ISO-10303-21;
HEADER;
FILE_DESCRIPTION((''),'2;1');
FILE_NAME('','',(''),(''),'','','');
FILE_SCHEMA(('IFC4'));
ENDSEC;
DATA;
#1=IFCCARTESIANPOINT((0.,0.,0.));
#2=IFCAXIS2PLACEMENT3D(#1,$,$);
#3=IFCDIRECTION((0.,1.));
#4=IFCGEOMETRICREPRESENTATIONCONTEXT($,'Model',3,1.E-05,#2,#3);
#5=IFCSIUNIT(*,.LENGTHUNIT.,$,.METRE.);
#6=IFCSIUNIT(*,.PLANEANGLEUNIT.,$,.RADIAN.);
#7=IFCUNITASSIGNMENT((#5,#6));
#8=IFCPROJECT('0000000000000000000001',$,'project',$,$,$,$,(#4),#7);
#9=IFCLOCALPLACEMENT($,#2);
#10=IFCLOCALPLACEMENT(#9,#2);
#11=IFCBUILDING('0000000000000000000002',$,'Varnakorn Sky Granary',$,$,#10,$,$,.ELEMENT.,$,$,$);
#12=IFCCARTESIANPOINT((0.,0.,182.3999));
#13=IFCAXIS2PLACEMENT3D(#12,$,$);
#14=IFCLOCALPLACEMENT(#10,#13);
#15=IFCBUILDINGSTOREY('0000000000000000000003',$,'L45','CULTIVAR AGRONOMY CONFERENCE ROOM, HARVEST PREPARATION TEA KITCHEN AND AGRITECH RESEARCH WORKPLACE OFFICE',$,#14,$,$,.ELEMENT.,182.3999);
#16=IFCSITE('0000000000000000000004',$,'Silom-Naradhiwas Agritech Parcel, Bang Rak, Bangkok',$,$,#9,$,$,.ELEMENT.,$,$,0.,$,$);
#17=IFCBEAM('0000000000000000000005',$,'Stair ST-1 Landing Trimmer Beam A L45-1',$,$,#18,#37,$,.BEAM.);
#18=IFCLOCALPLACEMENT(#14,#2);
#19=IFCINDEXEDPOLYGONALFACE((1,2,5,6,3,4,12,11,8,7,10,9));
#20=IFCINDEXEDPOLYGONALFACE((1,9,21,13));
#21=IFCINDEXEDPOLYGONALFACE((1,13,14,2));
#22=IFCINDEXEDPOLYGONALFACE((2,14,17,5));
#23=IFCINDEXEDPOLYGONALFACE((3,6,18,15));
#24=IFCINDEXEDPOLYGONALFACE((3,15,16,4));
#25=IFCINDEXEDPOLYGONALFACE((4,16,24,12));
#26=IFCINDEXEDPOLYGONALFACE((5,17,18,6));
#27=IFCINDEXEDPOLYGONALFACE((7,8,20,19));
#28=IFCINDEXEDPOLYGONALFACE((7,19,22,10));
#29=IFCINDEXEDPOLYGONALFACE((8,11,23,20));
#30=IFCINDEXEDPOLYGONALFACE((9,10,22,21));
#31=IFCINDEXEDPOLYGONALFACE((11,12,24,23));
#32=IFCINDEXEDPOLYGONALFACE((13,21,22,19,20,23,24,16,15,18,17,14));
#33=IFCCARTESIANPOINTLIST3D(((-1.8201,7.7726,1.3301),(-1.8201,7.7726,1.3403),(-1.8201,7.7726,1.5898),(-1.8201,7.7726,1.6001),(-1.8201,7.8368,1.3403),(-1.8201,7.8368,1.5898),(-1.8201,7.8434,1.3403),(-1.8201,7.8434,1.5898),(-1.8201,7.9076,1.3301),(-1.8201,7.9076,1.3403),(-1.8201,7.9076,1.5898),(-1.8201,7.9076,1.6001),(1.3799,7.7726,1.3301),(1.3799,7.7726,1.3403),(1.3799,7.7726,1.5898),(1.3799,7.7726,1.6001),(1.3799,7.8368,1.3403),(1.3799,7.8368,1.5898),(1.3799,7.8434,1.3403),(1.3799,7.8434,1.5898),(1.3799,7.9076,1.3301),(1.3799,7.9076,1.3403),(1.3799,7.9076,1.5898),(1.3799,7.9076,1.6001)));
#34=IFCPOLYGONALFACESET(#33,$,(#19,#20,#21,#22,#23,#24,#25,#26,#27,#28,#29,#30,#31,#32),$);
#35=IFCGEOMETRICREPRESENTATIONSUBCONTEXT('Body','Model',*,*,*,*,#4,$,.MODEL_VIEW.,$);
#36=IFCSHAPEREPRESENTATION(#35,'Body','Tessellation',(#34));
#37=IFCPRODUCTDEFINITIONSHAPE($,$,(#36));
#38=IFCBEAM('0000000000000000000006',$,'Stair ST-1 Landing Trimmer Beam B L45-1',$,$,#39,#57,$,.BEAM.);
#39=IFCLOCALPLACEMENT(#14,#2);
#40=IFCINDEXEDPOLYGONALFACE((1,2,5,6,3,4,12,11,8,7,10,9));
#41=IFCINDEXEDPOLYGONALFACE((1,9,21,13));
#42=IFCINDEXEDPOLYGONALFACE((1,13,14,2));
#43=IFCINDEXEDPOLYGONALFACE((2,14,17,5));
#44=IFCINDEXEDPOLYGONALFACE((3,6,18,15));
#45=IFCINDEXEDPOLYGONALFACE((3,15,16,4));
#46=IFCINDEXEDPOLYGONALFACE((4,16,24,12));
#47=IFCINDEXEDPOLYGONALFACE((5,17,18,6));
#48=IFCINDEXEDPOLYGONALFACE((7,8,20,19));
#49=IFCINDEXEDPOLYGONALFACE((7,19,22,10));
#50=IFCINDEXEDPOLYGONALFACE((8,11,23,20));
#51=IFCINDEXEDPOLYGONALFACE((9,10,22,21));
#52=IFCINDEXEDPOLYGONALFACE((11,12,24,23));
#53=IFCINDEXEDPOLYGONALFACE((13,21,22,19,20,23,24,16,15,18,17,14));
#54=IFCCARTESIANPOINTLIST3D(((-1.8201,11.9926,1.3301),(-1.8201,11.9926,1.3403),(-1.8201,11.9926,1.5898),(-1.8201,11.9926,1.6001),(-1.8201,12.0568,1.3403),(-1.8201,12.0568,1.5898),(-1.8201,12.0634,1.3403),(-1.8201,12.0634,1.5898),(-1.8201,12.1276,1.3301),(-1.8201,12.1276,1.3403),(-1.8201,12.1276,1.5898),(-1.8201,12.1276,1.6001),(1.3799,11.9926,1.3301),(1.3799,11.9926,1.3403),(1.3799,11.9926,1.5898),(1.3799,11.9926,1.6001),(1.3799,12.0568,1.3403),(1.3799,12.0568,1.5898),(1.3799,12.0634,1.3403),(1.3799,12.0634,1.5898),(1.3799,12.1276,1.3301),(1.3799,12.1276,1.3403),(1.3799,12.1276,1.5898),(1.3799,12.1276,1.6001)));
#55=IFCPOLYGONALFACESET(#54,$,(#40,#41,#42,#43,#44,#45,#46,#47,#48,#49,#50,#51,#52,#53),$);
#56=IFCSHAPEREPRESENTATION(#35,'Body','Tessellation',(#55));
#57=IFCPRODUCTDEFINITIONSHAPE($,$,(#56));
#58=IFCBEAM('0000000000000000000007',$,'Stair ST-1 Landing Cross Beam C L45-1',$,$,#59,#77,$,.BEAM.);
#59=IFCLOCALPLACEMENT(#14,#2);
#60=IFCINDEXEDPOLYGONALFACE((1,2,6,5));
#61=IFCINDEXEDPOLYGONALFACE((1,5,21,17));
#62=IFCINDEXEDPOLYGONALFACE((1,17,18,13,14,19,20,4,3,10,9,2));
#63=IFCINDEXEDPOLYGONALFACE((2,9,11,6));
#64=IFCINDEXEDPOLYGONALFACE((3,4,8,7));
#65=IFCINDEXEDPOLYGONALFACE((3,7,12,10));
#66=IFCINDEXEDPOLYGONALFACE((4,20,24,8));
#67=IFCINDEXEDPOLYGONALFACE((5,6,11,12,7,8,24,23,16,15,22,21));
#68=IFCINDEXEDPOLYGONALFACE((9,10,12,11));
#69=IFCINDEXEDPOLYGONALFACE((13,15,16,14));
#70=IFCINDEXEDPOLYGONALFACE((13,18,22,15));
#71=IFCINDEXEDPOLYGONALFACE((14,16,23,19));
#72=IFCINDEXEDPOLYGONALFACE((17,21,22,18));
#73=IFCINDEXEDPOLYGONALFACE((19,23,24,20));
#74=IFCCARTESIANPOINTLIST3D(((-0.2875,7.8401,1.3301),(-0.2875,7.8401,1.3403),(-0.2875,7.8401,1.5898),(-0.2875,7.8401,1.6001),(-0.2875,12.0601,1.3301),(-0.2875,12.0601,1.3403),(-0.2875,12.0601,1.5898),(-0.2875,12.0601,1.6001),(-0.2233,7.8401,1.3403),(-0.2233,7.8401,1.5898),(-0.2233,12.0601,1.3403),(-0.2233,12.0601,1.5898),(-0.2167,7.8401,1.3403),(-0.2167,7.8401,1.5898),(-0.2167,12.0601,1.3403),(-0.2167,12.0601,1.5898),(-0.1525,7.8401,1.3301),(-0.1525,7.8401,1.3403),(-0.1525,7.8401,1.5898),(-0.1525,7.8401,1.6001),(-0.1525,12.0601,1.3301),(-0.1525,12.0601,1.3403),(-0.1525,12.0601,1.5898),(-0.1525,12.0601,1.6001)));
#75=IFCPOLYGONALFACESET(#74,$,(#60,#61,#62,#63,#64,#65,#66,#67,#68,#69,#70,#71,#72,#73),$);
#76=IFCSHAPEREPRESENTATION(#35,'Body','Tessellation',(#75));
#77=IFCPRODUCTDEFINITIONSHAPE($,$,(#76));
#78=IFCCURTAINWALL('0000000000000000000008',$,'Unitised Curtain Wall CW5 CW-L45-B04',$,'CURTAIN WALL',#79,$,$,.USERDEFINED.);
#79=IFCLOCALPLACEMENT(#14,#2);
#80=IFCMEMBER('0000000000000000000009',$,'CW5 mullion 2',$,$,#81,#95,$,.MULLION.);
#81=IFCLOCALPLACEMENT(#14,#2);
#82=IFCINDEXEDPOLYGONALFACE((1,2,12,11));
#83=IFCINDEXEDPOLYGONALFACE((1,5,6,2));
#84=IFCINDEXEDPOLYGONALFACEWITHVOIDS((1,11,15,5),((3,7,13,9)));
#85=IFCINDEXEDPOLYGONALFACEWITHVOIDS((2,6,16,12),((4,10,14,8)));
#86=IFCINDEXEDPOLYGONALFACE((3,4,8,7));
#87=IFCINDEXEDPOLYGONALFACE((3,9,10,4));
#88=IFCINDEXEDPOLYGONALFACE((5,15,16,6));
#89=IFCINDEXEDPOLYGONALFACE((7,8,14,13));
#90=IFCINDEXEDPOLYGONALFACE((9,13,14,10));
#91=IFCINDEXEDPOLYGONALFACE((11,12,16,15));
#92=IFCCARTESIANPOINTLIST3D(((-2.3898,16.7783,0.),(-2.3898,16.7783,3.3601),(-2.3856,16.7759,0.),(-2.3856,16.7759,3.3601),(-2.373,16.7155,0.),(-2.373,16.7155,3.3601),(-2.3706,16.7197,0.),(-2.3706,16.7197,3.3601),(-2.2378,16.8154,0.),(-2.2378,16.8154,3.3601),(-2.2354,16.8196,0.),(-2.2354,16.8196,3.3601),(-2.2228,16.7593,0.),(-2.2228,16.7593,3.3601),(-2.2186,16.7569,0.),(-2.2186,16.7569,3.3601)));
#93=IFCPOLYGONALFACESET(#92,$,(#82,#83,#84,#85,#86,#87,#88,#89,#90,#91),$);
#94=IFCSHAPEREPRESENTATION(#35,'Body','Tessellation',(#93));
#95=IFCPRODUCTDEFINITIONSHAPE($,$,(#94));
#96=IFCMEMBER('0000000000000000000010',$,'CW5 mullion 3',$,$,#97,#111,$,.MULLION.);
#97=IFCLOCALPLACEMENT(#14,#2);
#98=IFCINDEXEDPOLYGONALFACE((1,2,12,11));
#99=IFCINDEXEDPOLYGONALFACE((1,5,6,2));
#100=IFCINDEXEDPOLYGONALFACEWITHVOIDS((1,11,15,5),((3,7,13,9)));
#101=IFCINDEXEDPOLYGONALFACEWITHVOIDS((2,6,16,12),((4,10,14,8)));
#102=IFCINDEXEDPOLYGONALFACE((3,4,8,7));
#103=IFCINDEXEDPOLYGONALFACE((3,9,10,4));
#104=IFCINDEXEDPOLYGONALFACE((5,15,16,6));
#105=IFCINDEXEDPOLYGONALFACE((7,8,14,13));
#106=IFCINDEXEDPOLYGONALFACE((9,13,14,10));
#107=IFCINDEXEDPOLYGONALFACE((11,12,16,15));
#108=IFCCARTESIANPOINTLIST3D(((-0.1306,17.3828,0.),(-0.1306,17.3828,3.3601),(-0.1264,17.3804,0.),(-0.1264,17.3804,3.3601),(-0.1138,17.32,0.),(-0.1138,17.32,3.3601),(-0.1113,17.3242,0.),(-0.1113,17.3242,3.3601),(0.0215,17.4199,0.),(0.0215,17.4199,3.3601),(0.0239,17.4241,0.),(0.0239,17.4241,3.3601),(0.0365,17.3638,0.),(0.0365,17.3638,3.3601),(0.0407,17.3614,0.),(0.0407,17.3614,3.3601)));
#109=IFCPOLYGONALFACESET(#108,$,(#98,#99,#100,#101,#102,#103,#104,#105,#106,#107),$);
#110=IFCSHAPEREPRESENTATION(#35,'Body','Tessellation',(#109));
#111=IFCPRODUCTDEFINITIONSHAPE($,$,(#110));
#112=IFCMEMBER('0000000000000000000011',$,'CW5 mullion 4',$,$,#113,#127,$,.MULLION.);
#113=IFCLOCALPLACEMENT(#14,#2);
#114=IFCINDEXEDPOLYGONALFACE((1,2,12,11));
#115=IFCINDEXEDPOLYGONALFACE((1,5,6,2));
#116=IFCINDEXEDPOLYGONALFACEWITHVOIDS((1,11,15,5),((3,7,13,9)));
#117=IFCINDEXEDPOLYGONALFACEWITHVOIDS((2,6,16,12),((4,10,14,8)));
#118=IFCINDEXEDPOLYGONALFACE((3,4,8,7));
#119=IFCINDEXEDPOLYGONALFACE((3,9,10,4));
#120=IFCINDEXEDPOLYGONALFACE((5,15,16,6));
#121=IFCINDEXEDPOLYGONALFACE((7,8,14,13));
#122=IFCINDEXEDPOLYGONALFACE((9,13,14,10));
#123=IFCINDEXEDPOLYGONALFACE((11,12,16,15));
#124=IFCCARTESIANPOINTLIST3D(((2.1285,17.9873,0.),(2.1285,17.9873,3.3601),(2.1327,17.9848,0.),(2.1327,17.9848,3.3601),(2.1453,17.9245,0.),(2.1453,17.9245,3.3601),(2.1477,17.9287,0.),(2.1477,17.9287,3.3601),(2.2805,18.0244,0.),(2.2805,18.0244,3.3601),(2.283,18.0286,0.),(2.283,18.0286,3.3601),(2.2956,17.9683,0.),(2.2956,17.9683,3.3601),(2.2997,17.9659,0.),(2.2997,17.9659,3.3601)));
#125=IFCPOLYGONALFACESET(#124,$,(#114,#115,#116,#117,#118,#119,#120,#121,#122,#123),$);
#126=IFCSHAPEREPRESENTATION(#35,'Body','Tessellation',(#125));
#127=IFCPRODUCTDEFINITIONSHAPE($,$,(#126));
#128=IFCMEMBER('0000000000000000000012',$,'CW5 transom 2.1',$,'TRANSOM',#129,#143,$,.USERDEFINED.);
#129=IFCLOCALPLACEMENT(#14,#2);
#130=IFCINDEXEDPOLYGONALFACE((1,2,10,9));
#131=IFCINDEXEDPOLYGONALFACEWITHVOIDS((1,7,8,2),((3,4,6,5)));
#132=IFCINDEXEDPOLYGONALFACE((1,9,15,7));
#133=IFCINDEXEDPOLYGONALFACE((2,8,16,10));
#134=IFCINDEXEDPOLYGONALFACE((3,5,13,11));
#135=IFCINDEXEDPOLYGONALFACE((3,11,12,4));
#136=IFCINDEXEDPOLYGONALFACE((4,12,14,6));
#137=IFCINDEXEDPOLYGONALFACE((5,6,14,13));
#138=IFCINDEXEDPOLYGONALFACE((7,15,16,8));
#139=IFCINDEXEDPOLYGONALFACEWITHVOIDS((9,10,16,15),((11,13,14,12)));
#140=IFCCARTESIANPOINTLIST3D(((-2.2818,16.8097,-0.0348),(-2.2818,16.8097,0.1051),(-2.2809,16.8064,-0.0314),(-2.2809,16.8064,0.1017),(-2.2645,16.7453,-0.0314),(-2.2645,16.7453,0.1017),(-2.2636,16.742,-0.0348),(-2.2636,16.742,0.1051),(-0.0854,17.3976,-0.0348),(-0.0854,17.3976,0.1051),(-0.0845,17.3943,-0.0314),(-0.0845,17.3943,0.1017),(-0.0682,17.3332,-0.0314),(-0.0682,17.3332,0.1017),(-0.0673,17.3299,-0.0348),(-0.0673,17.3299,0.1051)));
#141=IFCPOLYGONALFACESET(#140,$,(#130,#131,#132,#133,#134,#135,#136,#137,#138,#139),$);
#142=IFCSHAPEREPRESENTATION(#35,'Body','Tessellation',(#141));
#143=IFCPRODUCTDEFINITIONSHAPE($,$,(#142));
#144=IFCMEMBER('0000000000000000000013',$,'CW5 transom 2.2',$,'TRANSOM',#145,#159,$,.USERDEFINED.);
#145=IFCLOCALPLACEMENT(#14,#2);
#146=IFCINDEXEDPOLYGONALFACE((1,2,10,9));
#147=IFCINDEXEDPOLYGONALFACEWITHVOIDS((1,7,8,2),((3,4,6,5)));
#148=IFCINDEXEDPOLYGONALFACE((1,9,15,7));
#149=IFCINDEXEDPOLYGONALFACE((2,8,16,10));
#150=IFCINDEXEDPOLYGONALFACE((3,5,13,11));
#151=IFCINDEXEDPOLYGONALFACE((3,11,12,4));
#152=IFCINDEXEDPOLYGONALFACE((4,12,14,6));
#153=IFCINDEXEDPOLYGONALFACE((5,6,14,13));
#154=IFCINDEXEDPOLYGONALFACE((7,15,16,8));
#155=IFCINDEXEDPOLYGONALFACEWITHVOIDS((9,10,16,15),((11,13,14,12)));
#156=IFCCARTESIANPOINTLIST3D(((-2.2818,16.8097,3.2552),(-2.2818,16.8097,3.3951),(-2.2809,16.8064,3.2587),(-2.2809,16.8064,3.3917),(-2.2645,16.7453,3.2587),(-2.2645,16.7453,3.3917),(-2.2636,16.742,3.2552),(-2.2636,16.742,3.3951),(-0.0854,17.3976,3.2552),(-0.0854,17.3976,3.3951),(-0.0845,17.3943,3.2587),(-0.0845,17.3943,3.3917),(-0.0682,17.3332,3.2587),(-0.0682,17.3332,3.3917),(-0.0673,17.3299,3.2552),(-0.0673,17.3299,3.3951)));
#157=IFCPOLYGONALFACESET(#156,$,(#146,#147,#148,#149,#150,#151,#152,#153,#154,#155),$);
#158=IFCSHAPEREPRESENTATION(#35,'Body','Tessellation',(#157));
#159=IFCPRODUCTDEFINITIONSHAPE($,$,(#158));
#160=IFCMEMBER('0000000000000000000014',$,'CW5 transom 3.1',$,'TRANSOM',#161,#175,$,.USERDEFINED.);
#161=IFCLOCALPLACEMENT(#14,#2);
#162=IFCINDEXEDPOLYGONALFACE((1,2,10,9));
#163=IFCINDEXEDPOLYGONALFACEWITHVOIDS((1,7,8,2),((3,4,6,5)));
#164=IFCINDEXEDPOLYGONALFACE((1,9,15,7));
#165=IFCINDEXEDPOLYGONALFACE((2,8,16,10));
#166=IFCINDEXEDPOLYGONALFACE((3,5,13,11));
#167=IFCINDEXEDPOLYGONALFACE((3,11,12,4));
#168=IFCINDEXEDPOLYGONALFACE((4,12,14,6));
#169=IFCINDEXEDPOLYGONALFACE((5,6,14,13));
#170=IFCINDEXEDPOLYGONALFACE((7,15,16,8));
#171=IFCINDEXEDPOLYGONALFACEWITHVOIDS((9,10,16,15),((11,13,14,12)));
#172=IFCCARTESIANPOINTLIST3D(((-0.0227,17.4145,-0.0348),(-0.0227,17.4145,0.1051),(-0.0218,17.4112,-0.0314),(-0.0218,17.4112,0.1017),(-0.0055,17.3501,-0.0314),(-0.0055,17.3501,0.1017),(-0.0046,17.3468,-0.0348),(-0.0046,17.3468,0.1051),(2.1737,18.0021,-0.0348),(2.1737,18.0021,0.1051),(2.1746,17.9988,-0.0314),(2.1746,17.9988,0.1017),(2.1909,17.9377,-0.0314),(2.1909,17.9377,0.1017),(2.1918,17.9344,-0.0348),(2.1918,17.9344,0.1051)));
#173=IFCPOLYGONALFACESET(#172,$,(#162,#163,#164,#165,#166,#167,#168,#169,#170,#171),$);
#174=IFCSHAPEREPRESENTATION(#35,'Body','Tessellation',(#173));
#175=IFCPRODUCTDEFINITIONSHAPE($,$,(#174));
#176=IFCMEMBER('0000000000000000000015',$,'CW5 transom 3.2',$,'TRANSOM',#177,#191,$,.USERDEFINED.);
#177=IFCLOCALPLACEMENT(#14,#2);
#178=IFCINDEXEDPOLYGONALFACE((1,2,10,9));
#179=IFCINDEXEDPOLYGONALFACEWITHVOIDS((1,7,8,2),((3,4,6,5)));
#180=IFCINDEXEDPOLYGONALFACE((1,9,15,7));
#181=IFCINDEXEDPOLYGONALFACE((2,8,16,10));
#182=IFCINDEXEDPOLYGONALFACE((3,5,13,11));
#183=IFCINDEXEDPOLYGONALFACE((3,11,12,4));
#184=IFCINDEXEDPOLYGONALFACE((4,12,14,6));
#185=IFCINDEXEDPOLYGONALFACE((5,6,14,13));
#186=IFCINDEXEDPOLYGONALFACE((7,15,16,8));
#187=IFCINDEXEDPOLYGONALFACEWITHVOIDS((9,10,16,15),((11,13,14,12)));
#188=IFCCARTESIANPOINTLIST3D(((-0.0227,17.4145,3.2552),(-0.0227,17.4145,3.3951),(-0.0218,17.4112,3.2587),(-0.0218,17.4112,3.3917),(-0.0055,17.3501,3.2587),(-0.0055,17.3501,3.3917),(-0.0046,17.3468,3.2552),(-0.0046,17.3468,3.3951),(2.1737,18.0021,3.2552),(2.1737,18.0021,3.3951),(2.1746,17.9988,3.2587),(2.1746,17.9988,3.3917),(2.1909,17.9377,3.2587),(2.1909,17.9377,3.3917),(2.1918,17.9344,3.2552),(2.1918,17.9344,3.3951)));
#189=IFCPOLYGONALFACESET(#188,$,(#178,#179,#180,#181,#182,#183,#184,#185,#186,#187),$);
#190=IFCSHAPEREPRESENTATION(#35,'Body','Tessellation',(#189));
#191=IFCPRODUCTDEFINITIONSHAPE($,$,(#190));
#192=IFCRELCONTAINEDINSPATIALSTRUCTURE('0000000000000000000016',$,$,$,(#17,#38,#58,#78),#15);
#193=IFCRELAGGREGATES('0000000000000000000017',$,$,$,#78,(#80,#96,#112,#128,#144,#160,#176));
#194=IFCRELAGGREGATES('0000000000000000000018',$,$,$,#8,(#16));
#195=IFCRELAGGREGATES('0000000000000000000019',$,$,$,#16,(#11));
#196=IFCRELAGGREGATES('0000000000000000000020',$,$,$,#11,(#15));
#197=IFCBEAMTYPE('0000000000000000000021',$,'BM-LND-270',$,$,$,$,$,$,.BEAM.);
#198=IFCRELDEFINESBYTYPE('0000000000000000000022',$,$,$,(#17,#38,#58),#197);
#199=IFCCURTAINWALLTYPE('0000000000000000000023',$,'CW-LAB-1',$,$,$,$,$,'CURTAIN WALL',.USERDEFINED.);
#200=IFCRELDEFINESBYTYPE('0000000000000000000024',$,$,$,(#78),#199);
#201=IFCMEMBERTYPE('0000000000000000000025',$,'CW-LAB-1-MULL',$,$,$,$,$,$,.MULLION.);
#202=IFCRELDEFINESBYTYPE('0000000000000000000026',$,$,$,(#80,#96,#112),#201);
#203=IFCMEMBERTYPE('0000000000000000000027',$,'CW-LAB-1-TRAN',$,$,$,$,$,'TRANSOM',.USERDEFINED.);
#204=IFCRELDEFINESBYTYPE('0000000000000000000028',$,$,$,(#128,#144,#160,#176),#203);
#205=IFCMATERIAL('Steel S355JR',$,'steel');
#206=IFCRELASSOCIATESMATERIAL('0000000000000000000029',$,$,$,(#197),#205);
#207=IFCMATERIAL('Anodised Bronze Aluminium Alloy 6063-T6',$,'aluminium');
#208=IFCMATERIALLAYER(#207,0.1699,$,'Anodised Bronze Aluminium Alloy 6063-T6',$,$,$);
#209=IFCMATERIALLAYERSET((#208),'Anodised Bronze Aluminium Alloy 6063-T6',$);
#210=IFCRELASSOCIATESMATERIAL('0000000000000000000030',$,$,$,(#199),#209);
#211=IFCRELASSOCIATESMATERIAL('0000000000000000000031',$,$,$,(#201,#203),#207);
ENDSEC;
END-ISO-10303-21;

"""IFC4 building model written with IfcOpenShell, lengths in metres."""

from ifc_helpers import new_model, si_unit, direction, frame, origin, origin_2d, place, context, subcontext, project, spatial, hollow_rectangle, i_section, extrude, material, layer, layer_set, material_profile, profile_set, type_object, element, aggregate, save


model = new_model("IFC4")

# Units and contexts
model_context = context("Model", 3, precision=1e-05, world=origin(), true_north=direction((0.0, 1.0)))
body_context = subcontext(model_context, "Body", "Model", "MODEL_VIEW")
ifc_project = project(units=[si_unit("LENGTHUNIT", "METRE"), si_unit("PLANEANGLEUNIT", "RADIAN")], contexts=[model_context])

# Site, building, storey
site_placement = place(None, origin())
site = spatial("IfcSite", under=ifc_project, at=site_placement, Name="Silom-Naradhiwas Agritech Parcel, Bang Rak, Bangkok", CompositionType="ELEMENT", RefElevation=0.0)
building_placement = place(site_placement, origin())
building = spatial("IfcBuilding", under=site, at=building_placement, Name="Varnakorn Sky Granary", CompositionType="ELEMENT")
storey_placement = place(building_placement, frame((0.0, 0.0, 182.3999)))
storey = spatial("IfcBuildingStorey", under=building, at=storey_placement, Name="L45", Description="CULTIVAR AGRONOMY CONFERENCE ROOM, HARVEST PREPARATION TEA KITCHEN AND AGRITECH RESEARCH WORKPLACE OFFICE", CompositionType="ELEMENT", Elevation=182.3999)

# Beams
ifc_material_1 = material(Name="Steel S355JR", Category="steel")
ifc_material_profile_1 = material_profile(ifc_material_1, i_section(OverallWidth=0.135, OverallDepth=0.27, WebThickness=0.0066, FlangeThickness=0.0103, at=origin_2d()), Name="IPE 270")
ifc_profile_set_1 = profile_set([ifc_material_profile_1], Name="Steel S355JR")
beam_type = type_object("IfcBeamType", Name="BM-LND-270", PredefinedType="BEAM", material=ifc_profile_set_1)
for number, where, z_axis, x_axis, name in (
    (1, (-1.8201, 7.8401, 1.4651), (1.0, 0.0, 0.0), (0.0, 1.0, 0.0), "Stair ST-1 Landing Trimmer Beam A L45-1"),
    (2, (-1.8201, 12.0601, 1.4651), (1.0, 0.0, 0.0), (0.0, 1.0, 0.0), "Stair ST-1 Landing Trimmer Beam B L45-1"),
):
    element("IfcBeam", number, at=place(storey_placement, frame(where, z_axis=z_axis, x_axis=x_axis)), inside=storey, type_object=beam_type, Name=name, PredefinedType="BEAM", context=body_context, shape_type="SweptSolid", body=[
        extrude(i_section(OverallWidth=0.135, OverallDepth=0.27, WebThickness=0.0066, FlangeThickness=0.0103, at=origin_2d()), origin(), (0.0, 0.0, 1.0), 3.2),
    ])
beam_placement = place(storey_placement, frame((-0.22, 7.8401, 1.4651), z_axis=(0.0, 1.0, 0.0), x_axis=(-1.0, 0.0, 0.0)))
element("IfcBeam", 3, at=beam_placement, inside=storey, type_object=beam_type, Name="Stair ST-1 Landing Cross Beam C L45-1", PredefinedType="BEAM", context=body_context, shape_type="SweptSolid", body=[
    extrude(i_section(OverallWidth=0.135, OverallDepth=0.27, WebThickness=0.0066, FlangeThickness=0.0103, at=origin_2d()), origin(), (0.0, 0.0, 1.0), 4.22),
])

# Curtain wall, members
ifc_material_2 = material(Name="Anodised Bronze Aluminium Alloy 6063-T6", Category="aluminium")
ifc_layer_1 = layer(ifc_material_2, 0.1699, Name="Anodised Bronze Aluminium Alloy 6063-T6")
ifc_layer_set_1 = layer_set([ifc_layer_1], Name="Anodised Bronze Aluminium Alloy 6063-T6")
curtain_wall_type = type_object("IfcCurtainWallType", Name="CW-LAB-1", ElementType="CURTAIN WALL", PredefinedType="USERDEFINED", material=ifc_layer_set_1)
curtain_wall_placement = place(storey_placement, origin())
curtain_wall = element("IfcCurtainWall", 4, at=curtain_wall_placement, inside=storey, type_object=curtain_wall_type, Name="Unitised Curtain Wall CW5 CW-L45-B04", ObjectType="CURTAIN WALL", PredefinedType="USERDEFINED")
ifc_material_profile_2 = material_profile(ifc_material_2, hollow_rectangle(XDim=0.0649, YDim=0.1599, WallThickness=0.0034, at=origin_2d()), Name="ALU MULL 65x160")
ifc_profile_set_2 = profile_set([ifc_material_profile_2], Name="Anodised Bronze Aluminium Alloy 6063-T6")
member_type_1 = type_object("IfcMemberType", Name="CW-LAB-1-MULL", PredefinedType="MULLION", material=ifc_profile_set_2)
member_1_placement = place(storey_placement, frame((-2.3042, 16.7676, 0.0), z_axis=(0.0, 0.0, 1.0), x_axis=(-0.258505, 0.96601, 0.0)))
member_1 = element("IfcMember", 5, at=member_1_placement, type_object=member_type_1, Name="CW5 mullion 2", PredefinedType="MULLION", context=body_context, shape_type="SweptSolid", body=[
    extrude(hollow_rectangle(XDim=0.0649, YDim=0.1599, WallThickness=0.0034, at=origin_2d()), origin(), (0.0, 0.0, 1.0), 3.3601),
])
member_2_placement = place(storey_placement, frame((-0.0449, 17.3721, 0.0), z_axis=(0.0, 0.0, 1.0), x_axis=(-0.258505, 0.96601, 0.0)))
member_2 = element("IfcMember", 6, at=member_2_placement, type_object=member_type_1, Name="CW5 mullion 3", PredefinedType="MULLION", context=body_context, shape_type="SweptSolid", body=[
    extrude(hollow_rectangle(XDim=0.0649, YDim=0.1599, WallThickness=0.0034, at=origin_2d()), origin(), (0.0, 0.0, 1.0), 3.3601),
])
member_3_placement = place(storey_placement, frame((2.2141, 17.9766, 0.0), z_axis=(0.0, 0.0, 1.0), x_axis=(-0.258505, 0.96601, 0.0)))
member_3 = element("IfcMember", 7, at=member_3_placement, type_object=member_type_1, Name="CW5 mullion 4", PredefinedType="MULLION", context=body_context, shape_type="SweptSolid", body=[
    extrude(hollow_rectangle(XDim=0.0649, YDim=0.1599, WallThickness=0.0034, at=origin_2d()), origin(), (0.0, 0.0, 1.0), 3.3601),
])
ifc_material_profile_3 = material_profile(ifc_material_2, hollow_rectangle(XDim=0.0701, YDim=0.1399, WallThickness=0.0034, at=origin_2d()), Name="ALU TRAN 70x140")
ifc_profile_set_3 = profile_set([ifc_material_profile_3], Name="Anodised Bronze Aluminium Alloy 6063-T6")
member_type_2 = type_object("IfcMemberType", Name="CW-LAB-1-TRAN", ElementType="TRANSOM", PredefinedType="USERDEFINED", material=ifc_profile_set_3)
member_4_placement = place(storey_placement, frame((-2.2727, 16.7759, 0.0352), z_axis=(0.965992, 0.258571, 0.0), x_axis=(-0.258571, 0.965992, 0.0)))
member_4 = element("IfcMember", 8, at=member_4_placement, type_object=member_type_2, Name="CW5 transom 2.1", ObjectType="TRANSOM", PredefinedType="USERDEFINED", context=body_context, shape_type="SweptSolid", body=[
    extrude(hollow_rectangle(XDim=0.0701, YDim=0.1399, WallThickness=0.0034, at=origin_2d()), origin(), (0.0, 0.0, 1.0), 2.2737),
])
member_5_placement = place(storey_placement, frame((-2.2727, 16.7759, 3.3252), z_axis=(0.965992, 0.258571, 0.0), x_axis=(-0.258571, 0.965992, 0.0)))
member_5 = element("IfcMember", 9, at=member_5_placement, type_object=member_type_2, Name="CW5 transom 2.2", ObjectType="TRANSOM", PredefinedType="USERDEFINED", context=body_context, shape_type="SweptSolid", body=[
    extrude(hollow_rectangle(XDim=0.0701, YDim=0.1399, WallThickness=0.0034, at=origin_2d()), origin(), (0.0, 0.0, 1.0), 2.2737),
])
member_6_placement = place(storey_placement, frame((-0.0137, 17.3806, 0.0352), z_axis=(0.966026, 0.258444, 0.0), x_axis=(-0.258444, 0.966026, 0.0)))
member_6 = element("IfcMember", 10, at=member_6_placement, type_object=member_type_2, Name="CW5 transom 3.1", ObjectType="TRANSOM", PredefinedType="USERDEFINED", context=body_context, shape_type="SweptSolid", body=[
    extrude(hollow_rectangle(XDim=0.0701, YDim=0.1399, WallThickness=0.0034, at=origin_2d()), origin(), (0.0, 0.0, 1.0), 2.2737),
])
member_7_placement = place(storey_placement, frame((-0.0137, 17.3806, 3.3252), z_axis=(0.966026, 0.258444, 0.0), x_axis=(-0.258444, 0.966026, 0.0)))
member_7 = element("IfcMember", 11, at=member_7_placement, type_object=member_type_2, Name="CW5 transom 3.2", ObjectType="TRANSOM", PredefinedType="USERDEFINED", context=body_context, shape_type="SweptSolid", body=[
    extrude(hollow_rectangle(XDim=0.0701, YDim=0.1399, WallThickness=0.0034, at=origin_2d()), origin(), (0.0, 0.0, 1.0), 2.2737),
])
aggregate(curtain_wall, [member_1, member_2, member_3, member_4, member_5, member_6, member_7])

save(model, "model.ifc")
